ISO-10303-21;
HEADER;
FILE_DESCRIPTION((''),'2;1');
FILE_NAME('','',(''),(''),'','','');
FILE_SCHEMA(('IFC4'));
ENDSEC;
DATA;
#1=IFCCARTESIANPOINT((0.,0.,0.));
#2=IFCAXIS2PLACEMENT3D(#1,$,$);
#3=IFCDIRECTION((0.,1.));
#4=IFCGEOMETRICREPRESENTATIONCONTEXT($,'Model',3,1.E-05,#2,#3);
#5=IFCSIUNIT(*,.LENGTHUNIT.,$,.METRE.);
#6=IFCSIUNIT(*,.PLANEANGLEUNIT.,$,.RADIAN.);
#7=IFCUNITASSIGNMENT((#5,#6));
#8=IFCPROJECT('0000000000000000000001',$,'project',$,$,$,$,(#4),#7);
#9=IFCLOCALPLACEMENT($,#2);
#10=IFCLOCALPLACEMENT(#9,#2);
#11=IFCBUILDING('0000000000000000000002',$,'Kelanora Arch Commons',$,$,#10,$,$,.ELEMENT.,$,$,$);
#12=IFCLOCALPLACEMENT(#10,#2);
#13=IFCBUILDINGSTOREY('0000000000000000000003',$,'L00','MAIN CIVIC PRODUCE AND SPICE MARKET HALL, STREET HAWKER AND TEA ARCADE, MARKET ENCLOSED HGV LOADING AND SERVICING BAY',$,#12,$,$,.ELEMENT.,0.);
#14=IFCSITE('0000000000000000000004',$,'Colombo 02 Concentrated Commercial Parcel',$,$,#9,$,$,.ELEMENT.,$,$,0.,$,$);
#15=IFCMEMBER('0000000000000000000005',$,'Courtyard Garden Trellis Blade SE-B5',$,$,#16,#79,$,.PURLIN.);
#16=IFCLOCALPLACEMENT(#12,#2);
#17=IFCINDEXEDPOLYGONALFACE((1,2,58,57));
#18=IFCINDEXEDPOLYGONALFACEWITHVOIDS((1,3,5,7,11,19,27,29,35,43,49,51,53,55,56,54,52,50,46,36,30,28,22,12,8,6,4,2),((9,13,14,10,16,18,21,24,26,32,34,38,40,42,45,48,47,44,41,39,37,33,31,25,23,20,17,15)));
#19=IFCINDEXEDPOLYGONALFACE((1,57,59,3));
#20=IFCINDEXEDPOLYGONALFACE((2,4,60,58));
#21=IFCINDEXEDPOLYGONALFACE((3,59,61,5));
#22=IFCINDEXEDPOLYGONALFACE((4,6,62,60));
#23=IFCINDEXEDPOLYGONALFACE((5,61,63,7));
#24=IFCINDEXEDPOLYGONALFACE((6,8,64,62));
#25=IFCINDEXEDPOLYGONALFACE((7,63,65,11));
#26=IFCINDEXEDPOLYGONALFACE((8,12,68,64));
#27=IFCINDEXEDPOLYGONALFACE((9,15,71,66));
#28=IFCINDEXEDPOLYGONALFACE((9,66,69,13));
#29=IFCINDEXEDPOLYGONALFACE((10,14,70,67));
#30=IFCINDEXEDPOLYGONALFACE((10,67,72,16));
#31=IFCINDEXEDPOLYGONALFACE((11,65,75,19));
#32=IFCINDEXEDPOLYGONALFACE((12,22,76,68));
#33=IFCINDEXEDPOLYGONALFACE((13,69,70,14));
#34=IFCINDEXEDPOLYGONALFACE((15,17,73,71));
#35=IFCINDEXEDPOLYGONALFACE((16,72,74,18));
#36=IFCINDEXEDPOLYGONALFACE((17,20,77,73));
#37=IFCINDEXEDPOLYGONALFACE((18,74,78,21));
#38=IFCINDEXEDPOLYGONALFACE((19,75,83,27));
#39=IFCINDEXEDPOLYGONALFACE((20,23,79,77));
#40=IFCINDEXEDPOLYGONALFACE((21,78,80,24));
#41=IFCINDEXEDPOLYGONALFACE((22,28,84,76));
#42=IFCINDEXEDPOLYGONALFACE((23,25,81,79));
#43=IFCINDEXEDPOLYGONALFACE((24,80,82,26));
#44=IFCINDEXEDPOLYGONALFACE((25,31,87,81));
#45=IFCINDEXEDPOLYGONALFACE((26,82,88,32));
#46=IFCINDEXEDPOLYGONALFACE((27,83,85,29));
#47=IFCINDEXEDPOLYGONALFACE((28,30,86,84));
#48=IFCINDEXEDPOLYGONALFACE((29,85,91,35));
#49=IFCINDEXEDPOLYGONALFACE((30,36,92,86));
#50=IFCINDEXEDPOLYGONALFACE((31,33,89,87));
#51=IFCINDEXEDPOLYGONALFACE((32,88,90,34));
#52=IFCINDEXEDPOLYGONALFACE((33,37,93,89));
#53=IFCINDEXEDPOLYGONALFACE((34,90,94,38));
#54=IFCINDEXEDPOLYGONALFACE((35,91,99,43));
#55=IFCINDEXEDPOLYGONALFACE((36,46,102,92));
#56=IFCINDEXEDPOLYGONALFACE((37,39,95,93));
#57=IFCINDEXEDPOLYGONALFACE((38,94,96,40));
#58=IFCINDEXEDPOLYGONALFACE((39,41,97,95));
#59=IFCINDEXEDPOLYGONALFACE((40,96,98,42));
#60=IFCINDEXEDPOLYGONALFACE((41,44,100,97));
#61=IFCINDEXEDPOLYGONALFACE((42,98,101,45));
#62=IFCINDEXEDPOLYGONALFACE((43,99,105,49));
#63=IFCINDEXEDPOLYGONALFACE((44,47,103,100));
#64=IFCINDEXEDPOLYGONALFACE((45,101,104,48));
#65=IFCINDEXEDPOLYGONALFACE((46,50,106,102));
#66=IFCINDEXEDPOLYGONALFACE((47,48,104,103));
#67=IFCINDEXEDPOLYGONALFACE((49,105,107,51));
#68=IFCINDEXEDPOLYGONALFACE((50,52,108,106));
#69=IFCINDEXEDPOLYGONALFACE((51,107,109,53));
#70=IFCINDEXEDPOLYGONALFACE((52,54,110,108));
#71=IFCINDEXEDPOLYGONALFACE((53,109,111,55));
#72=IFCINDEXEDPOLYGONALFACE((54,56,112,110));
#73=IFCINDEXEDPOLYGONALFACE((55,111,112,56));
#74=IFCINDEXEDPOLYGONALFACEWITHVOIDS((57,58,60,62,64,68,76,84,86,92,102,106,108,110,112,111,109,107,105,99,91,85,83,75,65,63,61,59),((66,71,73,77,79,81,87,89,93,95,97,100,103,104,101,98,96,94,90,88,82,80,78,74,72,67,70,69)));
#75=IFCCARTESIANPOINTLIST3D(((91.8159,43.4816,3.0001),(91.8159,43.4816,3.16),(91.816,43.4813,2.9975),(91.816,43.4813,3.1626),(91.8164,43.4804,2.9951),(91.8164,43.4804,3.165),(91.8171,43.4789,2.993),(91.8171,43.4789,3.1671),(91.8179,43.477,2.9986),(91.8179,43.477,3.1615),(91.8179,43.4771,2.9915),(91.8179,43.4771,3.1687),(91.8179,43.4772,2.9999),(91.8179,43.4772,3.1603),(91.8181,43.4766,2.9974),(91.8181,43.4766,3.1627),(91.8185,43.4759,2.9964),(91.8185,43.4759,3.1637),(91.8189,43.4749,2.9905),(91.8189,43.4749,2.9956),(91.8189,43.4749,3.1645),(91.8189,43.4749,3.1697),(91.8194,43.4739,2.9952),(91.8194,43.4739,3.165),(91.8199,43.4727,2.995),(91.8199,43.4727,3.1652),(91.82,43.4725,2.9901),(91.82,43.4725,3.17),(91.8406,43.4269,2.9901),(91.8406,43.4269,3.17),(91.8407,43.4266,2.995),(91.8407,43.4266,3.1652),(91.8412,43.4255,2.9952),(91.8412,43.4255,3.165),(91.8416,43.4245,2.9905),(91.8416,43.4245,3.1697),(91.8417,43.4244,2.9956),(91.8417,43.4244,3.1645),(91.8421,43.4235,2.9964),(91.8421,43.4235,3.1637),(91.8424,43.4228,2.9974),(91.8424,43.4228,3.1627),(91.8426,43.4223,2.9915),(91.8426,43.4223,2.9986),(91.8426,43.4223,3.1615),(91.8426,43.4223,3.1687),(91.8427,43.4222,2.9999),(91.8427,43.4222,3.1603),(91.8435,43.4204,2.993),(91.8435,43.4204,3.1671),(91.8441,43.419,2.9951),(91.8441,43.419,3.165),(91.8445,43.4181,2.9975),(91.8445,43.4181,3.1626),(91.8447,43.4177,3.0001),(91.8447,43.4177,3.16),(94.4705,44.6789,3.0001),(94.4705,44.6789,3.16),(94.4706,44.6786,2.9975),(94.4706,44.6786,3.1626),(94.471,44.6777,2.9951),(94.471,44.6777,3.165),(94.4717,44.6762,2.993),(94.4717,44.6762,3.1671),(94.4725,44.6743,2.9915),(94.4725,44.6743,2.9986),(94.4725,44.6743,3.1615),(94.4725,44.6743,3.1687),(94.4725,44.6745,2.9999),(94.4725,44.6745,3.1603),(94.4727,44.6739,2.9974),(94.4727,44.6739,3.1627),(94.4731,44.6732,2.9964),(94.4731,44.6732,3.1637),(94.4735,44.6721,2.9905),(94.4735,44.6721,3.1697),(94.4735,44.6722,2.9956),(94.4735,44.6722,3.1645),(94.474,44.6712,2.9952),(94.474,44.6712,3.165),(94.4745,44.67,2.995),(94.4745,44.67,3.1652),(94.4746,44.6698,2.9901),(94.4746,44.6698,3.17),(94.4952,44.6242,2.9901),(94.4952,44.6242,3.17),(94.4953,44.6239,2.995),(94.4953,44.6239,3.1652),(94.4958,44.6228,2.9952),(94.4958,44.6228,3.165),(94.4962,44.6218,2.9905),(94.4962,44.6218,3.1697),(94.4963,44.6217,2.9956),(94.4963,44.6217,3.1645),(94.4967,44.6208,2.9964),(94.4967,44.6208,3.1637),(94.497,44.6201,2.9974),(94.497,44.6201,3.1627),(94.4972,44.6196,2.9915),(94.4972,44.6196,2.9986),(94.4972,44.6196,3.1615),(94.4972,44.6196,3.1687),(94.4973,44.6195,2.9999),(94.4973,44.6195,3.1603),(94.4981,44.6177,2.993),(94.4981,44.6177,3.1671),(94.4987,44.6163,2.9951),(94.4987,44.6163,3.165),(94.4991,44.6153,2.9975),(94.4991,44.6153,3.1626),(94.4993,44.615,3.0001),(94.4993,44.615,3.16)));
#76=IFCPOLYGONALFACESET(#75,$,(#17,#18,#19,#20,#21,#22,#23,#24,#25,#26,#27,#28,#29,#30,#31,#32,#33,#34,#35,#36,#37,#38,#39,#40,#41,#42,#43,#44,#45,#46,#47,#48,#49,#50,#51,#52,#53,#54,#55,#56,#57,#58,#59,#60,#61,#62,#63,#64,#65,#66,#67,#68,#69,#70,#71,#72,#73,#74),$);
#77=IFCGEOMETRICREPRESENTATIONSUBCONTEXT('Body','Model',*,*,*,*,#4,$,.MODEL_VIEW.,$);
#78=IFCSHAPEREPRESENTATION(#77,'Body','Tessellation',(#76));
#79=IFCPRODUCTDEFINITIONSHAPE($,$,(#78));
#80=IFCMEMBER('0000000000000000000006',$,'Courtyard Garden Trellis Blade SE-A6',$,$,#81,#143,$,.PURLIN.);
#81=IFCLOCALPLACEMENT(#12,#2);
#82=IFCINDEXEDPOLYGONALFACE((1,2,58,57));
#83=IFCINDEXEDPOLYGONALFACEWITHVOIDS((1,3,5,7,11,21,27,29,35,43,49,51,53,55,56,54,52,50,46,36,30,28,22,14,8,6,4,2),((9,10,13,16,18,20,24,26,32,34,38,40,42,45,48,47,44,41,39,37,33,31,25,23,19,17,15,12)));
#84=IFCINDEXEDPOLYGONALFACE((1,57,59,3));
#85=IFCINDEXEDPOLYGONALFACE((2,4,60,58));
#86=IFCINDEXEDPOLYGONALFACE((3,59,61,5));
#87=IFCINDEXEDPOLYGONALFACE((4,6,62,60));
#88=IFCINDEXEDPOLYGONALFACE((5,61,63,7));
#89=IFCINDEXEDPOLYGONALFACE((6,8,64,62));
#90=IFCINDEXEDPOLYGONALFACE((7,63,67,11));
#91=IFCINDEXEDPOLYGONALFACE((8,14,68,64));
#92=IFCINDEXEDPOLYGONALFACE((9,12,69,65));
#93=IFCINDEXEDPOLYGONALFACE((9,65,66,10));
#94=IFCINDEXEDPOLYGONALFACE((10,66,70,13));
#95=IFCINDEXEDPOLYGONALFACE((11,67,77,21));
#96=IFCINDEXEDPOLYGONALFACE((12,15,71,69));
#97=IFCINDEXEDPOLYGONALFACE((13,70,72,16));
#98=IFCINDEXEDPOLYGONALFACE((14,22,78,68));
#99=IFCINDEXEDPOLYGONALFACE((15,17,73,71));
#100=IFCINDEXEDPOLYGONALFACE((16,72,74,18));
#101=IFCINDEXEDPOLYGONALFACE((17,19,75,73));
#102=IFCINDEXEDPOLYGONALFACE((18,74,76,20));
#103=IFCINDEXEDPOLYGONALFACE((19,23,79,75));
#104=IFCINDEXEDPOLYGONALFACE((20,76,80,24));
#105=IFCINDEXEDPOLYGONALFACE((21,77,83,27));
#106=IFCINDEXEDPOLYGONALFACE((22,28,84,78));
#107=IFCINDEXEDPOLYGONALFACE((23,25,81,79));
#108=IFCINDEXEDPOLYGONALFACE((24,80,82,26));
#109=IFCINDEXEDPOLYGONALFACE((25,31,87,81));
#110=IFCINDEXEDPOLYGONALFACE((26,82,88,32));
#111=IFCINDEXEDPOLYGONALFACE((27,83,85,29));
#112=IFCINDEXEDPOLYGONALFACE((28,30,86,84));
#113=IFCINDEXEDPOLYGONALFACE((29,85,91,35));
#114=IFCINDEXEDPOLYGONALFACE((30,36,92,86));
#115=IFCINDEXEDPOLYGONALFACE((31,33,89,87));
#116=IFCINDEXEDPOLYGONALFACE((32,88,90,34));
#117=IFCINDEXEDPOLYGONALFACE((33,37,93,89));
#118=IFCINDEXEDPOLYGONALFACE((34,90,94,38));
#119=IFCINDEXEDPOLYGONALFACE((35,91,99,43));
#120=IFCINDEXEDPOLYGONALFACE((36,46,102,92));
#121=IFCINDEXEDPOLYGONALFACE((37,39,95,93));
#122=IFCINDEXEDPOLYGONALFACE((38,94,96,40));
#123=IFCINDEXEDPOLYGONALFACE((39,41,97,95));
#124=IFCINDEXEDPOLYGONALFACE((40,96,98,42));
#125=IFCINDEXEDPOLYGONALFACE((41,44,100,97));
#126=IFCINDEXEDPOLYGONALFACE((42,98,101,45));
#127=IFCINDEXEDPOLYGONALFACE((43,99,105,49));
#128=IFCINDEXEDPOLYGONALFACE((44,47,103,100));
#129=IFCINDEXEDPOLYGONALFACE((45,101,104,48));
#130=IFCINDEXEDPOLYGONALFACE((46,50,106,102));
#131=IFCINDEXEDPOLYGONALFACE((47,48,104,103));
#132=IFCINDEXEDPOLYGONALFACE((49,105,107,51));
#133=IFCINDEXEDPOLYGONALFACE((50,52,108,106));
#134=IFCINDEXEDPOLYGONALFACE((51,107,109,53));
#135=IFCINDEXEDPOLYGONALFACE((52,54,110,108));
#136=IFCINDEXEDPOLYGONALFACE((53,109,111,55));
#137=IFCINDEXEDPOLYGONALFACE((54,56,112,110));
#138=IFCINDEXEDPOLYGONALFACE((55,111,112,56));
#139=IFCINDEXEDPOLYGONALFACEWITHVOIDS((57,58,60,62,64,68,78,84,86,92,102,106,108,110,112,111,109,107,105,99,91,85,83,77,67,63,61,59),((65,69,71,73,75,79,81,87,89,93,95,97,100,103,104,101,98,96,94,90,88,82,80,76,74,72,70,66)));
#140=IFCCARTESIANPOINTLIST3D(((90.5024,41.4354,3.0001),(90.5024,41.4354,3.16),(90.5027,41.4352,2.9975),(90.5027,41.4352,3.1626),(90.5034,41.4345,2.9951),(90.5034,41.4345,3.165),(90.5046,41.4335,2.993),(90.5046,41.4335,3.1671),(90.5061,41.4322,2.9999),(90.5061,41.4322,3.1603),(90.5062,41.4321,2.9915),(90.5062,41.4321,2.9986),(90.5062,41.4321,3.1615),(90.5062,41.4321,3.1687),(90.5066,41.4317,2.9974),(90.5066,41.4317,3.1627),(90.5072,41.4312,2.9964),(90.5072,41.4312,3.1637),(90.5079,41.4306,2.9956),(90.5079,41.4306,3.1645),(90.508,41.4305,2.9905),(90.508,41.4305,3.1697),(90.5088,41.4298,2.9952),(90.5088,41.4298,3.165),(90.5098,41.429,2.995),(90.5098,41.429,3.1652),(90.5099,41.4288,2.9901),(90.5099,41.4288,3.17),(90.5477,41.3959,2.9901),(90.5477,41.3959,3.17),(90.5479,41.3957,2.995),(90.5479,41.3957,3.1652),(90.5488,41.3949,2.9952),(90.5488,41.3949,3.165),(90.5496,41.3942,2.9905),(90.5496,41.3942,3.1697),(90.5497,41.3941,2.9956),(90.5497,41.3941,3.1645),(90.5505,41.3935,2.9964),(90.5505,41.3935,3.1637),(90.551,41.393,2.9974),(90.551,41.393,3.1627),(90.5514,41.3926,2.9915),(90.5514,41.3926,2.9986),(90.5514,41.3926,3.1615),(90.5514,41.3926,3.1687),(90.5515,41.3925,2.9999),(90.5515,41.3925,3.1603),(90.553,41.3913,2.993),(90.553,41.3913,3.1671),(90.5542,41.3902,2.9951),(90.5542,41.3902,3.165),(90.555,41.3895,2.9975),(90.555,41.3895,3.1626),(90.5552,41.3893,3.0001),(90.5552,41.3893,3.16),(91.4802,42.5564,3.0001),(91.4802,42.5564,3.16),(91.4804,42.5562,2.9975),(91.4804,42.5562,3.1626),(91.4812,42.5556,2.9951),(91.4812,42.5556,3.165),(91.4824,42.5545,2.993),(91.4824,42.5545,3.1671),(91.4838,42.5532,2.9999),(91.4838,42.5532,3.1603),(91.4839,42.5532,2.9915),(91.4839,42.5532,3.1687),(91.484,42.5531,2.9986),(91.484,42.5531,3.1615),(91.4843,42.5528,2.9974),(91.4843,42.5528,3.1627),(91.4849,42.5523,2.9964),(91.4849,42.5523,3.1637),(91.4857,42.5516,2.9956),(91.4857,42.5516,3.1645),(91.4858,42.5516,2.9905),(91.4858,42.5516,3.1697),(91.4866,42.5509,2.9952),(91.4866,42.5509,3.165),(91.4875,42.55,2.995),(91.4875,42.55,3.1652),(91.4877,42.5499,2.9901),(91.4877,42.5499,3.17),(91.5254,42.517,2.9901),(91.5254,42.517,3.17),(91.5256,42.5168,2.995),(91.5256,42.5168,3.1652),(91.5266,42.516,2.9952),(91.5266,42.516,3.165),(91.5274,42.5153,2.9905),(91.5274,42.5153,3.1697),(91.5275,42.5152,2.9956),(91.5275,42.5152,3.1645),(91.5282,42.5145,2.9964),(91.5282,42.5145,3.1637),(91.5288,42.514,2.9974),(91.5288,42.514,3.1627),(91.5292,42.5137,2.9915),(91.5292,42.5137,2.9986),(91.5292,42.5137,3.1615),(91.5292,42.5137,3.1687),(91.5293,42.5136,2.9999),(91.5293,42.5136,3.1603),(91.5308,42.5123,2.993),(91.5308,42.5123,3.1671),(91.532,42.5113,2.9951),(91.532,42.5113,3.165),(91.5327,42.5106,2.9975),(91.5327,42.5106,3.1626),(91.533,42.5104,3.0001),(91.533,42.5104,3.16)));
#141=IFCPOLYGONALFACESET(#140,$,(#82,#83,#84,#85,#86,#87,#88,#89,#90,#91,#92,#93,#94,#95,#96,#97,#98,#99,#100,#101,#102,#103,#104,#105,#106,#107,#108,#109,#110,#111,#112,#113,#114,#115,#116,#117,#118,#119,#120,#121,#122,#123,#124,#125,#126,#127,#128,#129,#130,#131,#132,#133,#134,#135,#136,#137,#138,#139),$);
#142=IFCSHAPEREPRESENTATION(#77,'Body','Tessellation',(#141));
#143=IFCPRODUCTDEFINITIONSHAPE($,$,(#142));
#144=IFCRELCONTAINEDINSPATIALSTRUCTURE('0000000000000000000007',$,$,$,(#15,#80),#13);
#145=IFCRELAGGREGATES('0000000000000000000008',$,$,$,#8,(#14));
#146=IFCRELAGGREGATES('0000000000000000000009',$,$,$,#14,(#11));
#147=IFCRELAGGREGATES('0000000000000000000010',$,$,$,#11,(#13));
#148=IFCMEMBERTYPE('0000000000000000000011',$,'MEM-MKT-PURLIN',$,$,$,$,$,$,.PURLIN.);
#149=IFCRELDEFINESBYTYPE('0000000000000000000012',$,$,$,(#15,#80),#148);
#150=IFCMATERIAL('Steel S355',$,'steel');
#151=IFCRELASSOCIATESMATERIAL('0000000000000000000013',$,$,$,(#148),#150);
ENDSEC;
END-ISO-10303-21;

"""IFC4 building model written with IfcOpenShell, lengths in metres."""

from ifc_helpers import new_model, si_unit, direction, frame, origin, origin_2d, place, context, subcontext, project, spatial, hollow_rectangle, extrude, material, material_profile, profile_set, type_object, element, save


model = new_model("IFC4")

# Units and contexts
model_context = context("Model", 3, precision=1e-05, world=origin(), true_north=direction((0.0, 1.0)))
body_context = subcontext(model_context, "Body", "Model", "MODEL_VIEW")
ifc_project = project(units=[si_unit("LENGTHUNIT", "METRE"), si_unit("PLANEANGLEUNIT", "RADIAN")], contexts=[model_context])

# Site, building, storey
site_placement = place(None, origin())
site = spatial("IfcSite", under=ifc_project, at=site_placement, Name="Colombo 02 Concentrated Commercial Parcel", CompositionType="ELEMENT", RefElevation=0.0)
building_placement = place(site_placement, origin())
building = spatial("IfcBuilding", under=site, at=building_placement, Name="Kelanora Arch Commons", CompositionType="ELEMENT")
storey_placement = place(building_placement, origin())
storey = spatial("IfcBuildingStorey", under=building, at=storey_placement, Name="L00", Description="MAIN CIVIC PRODUCE AND SPICE MARKET HALL, STREET HAWKER AND TEA ARCADE, MARKET ENCLOSED HGV LOADING AND SERVICING BAY", CompositionType="ELEMENT", Elevation=0.0)

# Shared definitions
ifc_material_1 = material(Name="Steel S355", Category="steel")

# Members
ifc_material_profile_1 = material_profile(ifc_material_1, hollow_rectangle(XDim=0.0701, YDim=0.1799, WallThickness=0.0049, InnerFilletRadius=0.0049, OuterFilletRadius=0.01, at=origin_2d()), Name="RHS180x70x5")
ifc_profile_set_1 = profile_set([ifc_material_profile_1], Name="Steel S355")
member_type_1 = type_object("IfcMemberType", Name="MEM-MKT-PURLIN", PredefinedType="PURLIN", material=ifc_profile_set_1)
member_1_placement = place(storey_placement, frame((94.4849, 44.647, 3.0801), z_axis=(-0.911571, -0.411142, 0.0), x_axis=(0.411142, -0.911571, 0.0)))
element("IfcMember", 1, at=member_1_placement, inside=storey, type_object=member_type_1, Name="Courtyard Garden Trellis Blade SE-B5", PredefinedType="PURLIN", context=body_context, shape_type="SweptSolid", body=[
    extrude(hollow_rectangle(XDim=0.0701, YDim=0.1799, WallThickness=0.0049, InnerFilletRadius=0.0049, OuterFilletRadius=0.01, at=origin_2d()), origin(), (0.0, 0.0, 1.0), 2.9121),
])
member_2_placement = place(storey_placement, frame((90.5288, 41.4124, 3.0801), z_axis=(0.657295, 0.753633, 0.0), x_axis=(-0.753633, 0.657295, 0.0)))
element("IfcMember", 2, at=member_2_placement, inside=storey, type_object=member_type_1, Name="Courtyard Garden Trellis Blade SE-A6", PredefinedType="PURLIN", context=body_context, shape_type="SweptSolid", body=[
    extrude(hollow_rectangle(XDim=0.0701, YDim=0.1799, WallThickness=0.0049, InnerFilletRadius=0.0049, OuterFilletRadius=0.01, at=origin_2d()), origin(), (0.0, 0.0, 1.0), 1.4875),
])

save(model, "model.ifc")
